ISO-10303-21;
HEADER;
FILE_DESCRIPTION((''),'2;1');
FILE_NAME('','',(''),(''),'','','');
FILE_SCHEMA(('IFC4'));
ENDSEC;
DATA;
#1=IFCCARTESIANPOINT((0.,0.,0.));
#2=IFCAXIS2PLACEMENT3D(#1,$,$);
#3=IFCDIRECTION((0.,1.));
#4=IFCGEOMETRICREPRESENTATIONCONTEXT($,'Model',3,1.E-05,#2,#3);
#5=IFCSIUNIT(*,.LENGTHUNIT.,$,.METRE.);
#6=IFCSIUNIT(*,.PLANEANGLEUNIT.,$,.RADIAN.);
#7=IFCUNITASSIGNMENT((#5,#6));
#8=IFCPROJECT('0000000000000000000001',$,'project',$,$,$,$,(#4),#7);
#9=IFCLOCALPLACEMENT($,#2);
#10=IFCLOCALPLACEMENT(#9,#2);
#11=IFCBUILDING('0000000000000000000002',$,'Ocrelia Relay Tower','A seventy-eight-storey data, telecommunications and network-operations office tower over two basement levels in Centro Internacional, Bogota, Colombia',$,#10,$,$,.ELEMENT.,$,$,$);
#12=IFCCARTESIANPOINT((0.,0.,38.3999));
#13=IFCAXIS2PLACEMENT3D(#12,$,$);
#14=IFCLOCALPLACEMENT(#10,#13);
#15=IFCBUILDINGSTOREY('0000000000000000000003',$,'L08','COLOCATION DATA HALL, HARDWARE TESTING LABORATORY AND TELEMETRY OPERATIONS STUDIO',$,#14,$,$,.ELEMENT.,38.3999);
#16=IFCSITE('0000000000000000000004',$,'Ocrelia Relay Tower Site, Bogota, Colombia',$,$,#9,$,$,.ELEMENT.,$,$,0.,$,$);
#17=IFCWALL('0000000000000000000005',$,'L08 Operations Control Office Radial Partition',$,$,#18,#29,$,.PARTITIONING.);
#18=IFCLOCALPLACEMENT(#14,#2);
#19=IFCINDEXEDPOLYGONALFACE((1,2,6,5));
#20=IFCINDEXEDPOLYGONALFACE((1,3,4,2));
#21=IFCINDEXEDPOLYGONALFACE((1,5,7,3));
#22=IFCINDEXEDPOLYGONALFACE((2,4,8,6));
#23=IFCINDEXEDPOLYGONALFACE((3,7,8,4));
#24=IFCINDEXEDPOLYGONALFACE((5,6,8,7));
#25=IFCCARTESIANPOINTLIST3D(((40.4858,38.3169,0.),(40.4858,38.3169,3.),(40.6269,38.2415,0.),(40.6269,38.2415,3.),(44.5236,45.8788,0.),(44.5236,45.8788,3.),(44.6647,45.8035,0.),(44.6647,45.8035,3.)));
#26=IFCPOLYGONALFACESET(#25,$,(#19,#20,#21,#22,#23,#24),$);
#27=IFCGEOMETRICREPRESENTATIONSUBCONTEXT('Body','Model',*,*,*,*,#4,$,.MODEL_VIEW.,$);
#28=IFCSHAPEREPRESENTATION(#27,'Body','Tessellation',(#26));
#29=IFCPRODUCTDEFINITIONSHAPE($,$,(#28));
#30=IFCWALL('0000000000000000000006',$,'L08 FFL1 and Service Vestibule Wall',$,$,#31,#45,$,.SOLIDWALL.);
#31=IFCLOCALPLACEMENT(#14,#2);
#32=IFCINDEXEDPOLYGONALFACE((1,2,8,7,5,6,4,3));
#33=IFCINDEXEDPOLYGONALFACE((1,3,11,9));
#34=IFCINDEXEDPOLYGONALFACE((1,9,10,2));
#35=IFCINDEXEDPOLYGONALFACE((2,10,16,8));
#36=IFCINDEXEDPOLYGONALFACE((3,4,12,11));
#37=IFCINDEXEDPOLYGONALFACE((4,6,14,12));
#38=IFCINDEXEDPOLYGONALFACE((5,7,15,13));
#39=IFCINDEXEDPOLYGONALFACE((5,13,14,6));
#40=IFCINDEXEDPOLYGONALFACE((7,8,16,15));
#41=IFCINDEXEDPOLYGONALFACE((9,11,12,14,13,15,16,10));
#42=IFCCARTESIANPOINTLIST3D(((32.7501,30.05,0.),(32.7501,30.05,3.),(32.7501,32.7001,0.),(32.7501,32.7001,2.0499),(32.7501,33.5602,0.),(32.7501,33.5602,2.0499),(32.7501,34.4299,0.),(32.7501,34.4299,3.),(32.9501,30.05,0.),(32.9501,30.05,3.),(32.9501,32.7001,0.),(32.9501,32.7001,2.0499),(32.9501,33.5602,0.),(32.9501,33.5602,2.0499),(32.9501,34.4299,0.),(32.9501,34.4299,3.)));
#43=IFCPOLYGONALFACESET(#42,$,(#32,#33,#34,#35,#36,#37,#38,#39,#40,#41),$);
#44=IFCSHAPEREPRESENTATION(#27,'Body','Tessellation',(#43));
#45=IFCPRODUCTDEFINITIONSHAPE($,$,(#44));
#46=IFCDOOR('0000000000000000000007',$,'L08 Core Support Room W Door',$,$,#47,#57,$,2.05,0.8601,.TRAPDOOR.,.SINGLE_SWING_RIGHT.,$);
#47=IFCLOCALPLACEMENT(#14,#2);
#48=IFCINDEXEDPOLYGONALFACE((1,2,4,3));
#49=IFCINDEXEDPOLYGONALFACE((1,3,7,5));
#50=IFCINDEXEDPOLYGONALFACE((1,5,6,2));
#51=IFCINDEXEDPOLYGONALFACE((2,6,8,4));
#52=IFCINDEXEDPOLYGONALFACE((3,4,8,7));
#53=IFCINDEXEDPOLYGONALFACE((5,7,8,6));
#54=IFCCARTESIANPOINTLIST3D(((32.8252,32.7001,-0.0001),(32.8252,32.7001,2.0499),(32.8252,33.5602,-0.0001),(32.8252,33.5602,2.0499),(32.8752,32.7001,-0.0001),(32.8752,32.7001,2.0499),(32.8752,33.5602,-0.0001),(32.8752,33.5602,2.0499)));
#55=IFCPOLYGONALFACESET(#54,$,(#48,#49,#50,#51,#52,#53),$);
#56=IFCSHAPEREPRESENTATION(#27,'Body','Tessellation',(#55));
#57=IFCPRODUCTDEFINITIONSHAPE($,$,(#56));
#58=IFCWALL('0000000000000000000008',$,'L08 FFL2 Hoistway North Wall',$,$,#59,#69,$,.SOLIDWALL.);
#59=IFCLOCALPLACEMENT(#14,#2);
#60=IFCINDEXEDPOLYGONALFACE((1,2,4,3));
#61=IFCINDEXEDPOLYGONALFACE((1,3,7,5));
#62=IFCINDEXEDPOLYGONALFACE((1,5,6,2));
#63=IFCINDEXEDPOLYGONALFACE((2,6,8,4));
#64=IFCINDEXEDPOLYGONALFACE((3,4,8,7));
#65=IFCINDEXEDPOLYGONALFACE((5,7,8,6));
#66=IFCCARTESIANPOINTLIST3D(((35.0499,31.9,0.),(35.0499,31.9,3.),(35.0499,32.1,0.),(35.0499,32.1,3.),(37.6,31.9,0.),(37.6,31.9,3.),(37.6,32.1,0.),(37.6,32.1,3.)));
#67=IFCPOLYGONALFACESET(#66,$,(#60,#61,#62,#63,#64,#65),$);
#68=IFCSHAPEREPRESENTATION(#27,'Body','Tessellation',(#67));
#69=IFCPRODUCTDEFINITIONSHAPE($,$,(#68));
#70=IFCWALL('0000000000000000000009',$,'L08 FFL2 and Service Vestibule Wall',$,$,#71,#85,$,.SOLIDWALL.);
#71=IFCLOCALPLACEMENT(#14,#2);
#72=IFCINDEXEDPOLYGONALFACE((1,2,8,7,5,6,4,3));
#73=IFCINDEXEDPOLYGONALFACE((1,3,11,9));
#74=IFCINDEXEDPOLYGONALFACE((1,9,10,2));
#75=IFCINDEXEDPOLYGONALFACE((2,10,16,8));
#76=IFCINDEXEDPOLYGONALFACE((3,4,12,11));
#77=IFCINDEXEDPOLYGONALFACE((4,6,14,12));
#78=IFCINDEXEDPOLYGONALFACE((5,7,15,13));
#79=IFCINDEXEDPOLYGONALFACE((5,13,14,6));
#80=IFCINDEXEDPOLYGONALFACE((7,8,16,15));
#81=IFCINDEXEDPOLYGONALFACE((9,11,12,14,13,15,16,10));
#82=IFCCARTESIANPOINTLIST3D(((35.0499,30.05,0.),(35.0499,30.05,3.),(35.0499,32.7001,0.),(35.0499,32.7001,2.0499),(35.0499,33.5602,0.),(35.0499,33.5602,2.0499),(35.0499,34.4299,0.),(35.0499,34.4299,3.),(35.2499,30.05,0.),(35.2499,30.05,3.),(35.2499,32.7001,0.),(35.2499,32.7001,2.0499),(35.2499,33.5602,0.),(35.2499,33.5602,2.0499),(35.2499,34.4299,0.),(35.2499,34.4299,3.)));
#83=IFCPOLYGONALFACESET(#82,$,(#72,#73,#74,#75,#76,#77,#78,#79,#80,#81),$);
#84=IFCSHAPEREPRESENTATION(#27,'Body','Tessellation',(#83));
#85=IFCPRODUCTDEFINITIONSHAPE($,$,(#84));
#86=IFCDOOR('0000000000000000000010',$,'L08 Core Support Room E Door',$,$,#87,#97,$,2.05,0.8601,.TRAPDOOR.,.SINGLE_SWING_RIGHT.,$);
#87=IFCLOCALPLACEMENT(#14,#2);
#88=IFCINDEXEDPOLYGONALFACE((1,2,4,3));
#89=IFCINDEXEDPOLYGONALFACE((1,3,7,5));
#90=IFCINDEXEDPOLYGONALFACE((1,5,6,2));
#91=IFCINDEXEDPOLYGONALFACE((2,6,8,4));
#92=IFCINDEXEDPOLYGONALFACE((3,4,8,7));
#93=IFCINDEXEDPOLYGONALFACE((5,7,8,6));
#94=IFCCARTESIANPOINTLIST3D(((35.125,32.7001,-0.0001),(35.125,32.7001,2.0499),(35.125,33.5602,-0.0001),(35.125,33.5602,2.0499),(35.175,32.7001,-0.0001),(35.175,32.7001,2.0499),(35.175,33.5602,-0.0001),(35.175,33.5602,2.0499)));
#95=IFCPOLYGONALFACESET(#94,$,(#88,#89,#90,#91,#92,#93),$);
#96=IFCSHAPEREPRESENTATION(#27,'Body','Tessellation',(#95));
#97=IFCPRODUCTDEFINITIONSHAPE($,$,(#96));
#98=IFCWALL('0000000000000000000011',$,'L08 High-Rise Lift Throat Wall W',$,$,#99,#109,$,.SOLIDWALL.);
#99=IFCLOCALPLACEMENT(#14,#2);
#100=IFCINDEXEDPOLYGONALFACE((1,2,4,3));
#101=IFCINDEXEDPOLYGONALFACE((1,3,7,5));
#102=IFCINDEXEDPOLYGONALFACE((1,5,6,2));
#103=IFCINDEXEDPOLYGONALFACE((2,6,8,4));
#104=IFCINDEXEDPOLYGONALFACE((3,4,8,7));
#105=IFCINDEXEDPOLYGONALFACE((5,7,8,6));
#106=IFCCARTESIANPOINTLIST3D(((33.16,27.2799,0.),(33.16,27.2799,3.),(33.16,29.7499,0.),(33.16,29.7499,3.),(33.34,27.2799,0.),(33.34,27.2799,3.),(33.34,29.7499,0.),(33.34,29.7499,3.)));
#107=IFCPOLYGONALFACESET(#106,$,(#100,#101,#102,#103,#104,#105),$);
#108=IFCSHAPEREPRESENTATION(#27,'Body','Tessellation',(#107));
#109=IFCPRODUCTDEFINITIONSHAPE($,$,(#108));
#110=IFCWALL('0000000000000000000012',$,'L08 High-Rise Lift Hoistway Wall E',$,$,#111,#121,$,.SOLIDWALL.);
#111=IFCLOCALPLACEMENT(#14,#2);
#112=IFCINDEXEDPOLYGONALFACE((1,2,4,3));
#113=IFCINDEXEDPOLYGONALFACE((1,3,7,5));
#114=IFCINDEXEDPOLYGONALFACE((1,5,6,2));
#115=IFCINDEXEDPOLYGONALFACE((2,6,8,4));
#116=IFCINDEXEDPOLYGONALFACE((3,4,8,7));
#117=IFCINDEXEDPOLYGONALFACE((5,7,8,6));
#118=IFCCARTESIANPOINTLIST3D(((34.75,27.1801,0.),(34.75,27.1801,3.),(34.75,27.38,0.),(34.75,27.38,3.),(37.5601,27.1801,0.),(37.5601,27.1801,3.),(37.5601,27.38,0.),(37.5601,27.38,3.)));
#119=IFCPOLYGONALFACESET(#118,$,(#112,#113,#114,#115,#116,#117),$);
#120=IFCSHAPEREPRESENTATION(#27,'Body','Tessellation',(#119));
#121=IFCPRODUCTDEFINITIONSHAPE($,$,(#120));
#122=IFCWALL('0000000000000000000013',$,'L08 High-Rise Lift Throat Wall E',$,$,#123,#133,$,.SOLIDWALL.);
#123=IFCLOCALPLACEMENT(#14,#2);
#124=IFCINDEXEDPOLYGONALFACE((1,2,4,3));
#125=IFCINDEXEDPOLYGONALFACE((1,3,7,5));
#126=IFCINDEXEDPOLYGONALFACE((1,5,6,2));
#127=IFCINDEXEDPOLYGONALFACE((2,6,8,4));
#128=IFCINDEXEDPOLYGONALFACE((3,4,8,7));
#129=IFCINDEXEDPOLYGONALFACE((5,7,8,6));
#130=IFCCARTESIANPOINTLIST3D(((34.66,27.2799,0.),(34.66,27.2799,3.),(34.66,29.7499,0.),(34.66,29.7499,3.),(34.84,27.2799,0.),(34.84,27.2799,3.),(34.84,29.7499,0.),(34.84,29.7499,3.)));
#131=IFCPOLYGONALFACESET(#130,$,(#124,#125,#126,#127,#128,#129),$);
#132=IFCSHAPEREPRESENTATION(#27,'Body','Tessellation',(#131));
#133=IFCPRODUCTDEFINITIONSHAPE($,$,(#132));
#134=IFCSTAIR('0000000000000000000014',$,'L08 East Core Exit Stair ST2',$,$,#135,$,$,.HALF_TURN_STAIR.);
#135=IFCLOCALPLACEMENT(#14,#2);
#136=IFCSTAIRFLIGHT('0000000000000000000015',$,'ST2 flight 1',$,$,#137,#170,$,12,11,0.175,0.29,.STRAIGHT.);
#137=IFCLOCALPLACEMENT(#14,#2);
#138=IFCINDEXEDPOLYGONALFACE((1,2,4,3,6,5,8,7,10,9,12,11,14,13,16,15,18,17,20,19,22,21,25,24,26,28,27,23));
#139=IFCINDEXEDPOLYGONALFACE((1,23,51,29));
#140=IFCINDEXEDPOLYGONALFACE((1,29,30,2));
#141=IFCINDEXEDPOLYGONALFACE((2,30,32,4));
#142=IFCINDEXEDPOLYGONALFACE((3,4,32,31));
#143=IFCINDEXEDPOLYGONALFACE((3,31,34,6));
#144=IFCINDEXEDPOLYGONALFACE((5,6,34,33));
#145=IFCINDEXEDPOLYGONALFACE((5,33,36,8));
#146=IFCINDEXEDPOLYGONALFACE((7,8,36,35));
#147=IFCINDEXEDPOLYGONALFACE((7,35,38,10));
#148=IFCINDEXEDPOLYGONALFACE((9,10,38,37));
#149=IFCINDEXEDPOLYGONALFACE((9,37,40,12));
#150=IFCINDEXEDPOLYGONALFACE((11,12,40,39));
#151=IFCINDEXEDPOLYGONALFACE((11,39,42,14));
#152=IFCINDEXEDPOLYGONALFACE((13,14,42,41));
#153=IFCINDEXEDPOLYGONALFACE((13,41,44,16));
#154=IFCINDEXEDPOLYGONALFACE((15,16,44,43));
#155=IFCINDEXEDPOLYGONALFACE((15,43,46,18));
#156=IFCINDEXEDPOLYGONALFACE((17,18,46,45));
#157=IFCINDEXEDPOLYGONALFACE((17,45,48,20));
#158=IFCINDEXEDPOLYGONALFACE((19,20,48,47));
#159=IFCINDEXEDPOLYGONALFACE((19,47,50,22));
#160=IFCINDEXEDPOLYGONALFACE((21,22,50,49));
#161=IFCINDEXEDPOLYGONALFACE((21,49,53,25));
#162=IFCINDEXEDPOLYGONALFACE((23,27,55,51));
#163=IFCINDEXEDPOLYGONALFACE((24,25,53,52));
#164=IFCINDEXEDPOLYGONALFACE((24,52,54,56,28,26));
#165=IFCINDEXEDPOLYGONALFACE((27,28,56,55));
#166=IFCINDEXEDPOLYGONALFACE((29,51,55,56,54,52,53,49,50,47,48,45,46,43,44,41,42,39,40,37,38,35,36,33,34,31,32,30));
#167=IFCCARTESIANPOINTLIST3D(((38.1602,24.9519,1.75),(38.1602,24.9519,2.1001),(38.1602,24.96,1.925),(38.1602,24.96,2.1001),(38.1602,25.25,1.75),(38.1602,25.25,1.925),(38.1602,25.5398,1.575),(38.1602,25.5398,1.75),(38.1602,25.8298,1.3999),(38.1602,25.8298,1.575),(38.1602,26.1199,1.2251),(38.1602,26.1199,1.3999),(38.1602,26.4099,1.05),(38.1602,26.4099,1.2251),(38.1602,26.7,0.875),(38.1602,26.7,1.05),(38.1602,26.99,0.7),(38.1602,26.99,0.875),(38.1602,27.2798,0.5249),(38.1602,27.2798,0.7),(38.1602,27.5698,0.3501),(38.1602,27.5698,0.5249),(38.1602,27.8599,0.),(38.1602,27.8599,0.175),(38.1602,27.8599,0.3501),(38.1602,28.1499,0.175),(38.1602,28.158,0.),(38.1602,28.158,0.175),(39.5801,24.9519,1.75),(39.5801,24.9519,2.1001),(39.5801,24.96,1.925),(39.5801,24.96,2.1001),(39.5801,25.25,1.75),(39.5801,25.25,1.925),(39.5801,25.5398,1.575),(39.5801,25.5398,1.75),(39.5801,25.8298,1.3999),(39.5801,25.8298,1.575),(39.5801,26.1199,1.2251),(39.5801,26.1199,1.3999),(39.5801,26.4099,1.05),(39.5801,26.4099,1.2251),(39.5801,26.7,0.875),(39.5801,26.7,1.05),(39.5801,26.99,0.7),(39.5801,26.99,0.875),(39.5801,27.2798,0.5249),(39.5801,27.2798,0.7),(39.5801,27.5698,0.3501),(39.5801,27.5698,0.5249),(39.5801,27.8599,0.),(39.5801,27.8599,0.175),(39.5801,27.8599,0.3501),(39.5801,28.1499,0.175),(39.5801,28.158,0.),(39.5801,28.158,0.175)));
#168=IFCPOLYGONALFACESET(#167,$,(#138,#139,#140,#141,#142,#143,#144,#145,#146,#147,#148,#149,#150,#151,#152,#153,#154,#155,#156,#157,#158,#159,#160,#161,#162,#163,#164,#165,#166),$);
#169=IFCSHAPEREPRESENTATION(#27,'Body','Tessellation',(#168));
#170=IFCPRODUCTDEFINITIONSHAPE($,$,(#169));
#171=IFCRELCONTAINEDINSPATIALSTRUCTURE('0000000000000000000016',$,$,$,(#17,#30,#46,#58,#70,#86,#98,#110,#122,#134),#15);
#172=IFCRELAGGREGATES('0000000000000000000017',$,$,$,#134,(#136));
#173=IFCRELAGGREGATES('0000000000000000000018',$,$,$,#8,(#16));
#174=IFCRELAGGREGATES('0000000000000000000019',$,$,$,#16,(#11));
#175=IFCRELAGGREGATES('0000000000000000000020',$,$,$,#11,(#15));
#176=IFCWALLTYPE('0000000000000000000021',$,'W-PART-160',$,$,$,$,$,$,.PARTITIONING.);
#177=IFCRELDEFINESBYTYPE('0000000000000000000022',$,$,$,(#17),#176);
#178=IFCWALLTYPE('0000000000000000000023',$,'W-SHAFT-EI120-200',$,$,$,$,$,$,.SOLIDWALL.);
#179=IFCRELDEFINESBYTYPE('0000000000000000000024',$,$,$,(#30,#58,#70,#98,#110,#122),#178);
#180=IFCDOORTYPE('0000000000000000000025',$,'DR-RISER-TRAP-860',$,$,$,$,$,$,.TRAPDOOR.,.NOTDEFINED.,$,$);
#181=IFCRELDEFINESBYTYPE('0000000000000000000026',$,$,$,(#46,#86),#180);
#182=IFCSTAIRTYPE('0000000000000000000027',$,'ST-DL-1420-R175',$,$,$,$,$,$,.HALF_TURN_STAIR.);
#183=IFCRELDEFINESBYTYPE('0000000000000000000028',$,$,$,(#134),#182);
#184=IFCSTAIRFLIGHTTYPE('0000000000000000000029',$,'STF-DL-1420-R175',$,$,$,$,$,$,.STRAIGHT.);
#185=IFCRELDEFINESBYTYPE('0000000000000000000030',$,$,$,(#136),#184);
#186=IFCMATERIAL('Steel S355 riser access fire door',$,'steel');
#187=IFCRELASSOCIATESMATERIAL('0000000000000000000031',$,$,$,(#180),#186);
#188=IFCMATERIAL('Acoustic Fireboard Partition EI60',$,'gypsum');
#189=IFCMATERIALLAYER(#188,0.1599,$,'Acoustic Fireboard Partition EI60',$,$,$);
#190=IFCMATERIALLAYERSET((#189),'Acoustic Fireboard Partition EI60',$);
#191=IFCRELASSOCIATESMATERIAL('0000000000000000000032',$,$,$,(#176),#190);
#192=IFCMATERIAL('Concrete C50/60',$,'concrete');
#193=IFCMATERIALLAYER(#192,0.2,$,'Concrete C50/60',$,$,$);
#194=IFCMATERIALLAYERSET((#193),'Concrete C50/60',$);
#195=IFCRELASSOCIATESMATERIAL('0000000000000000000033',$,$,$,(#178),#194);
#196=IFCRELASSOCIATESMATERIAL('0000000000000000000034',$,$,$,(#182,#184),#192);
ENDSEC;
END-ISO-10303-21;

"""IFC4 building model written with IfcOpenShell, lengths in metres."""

from ifc_helpers import new_model, si_unit, direction, frame, frame_2d, origin, place, context, subcontext, project, spatial, polyline, rectangle, outline, extrude, material, layer, layer_set, type_object, element, fill, aggregate, save


model = new_model("IFC4")

# Units and contexts
model_context = context("Model", 3, precision=1e-05, world=origin(), true_north=direction((0.0, 1.0)))
body_context = subcontext(model_context, "Body", "Model", "MODEL_VIEW")
ifc_project = project(units=[si_unit("LENGTHUNIT", "METRE"), si_unit("PLANEANGLEUNIT", "RADIAN")], contexts=[model_context])

# Site, building, storey
site_placement = place(None, origin())
site = spatial("IfcSite", under=ifc_project, at=site_placement, Name="Ocrelia Relay Tower Site, Bogota, Colombia", CompositionType="ELEMENT", RefElevation=0.0)
building_placement = place(site_placement, origin())
building = spatial("IfcBuilding", under=site, at=building_placement, Name="Ocrelia Relay Tower", Description="A seventy-eight-storey data, telecommunications and network-operations office tower over two basement levels in Centro Internacional, Bogota, Colombia", CompositionType="ELEMENT")
storey_placement = place(building_placement, frame((0.0, 0.0, 38.3999)))
storey = spatial("IfcBuildingStorey", under=building, at=storey_placement, Name="L08", Description="COLOCATION DATA HALL, HARDWARE TESTING LABORATORY AND TELEMETRY OPERATIONS STUDIO", CompositionType="ELEMENT", Elevation=38.3999)

# Shared definitions
ifc_material_1 = material(Name="Concrete C50/60", Category="concrete")

# Shared definitions
ifc_material_2 = material(Name="Acoustic Fireboard Partition EI60", Category="gypsum")
ifc_material_3 = material(Name="Steel S355 riser access fire door", Category="steel")
door_type_1 = type_object("IfcDoorType", Name="DR-RISER-TRAP-860", OperationType="NOTDEFINED", PredefinedType="TRAPDOOR", material=ifc_material_3)

# Wall
ifc_layer_1 = layer(ifc_material_2, 0.1599, Name="Acoustic Fireboard Partition EI60")
ifc_layer_set_1 = layer_set([ifc_layer_1], Name="Acoustic Fireboard Partition EI60")
wall_type_1 = type_object("IfcWallType", Name="W-PART-160", PredefinedType="PARTITIONING", material=ifc_layer_set_1)
wall_1_placement = place(storey_placement, frame((40.5564, 38.2793, 0.0), z_axis=(0.0, 0.0, 1.0), x_axis=(0.471021, 0.882122, 0.0)))
element("IfcWall", 1, at=wall_1_placement, inside=storey, type_object=wall_type_1, Name="L08 Operations Control Office Radial Partition", PredefinedType="PARTITIONING", context=body_context, shape_type="SweptSolid", body=[
    extrude(rectangle(XDim=8.5725, YDim=0.1599, at=frame_2d((4.2861, 0.0))), origin(), (0.0, 0.0, 1.0), 3.0),
])

# Wall, opening, door
ifc_layer_2 = layer(ifc_material_1, 0.2, Name="Concrete C50/60")
ifc_layer_set_2 = layer_set([ifc_layer_2], Name="Concrete C50/60")
wall_type_2 = type_object("IfcWallType", Name="W-SHAFT-EI120-200", PredefinedType="SOLIDWALL", material=ifc_layer_set_2)
wall_2_placement = place(storey_placement, frame((32.8501, 30.05, 0.0), z_axis=(0.0, 0.0, 1.0), x_axis=(0.0, 1.0, 0.0)))
wall_2 = element("IfcWall", 2, at=wall_2_placement, inside=storey, type_object=wall_type_2, Name="L08 FFL1 and Service Vestibule Wall", PredefinedType="SOLIDWALL", context=body_context, shape_type="SweptSolid", body=[
    extrude(rectangle(XDim=4.3799, YDim=0.2, at=frame_2d((2.1899, 0.0))), origin(), (0.0, 0.0, 1.0), 3.0),
])
opening_1_placement = place(wall_2_placement, frame((2.6499, 0.0, 0.0)))
opening_1 = element("IfcOpeningElement", 3, at=opening_1_placement, cuts=wall_2, PredefinedType="OPENING", context=body_context, shape_type="SweptSolid", body=[
    extrude(rectangle(XDim=0.8601, YDim=2.05, at=frame_2d((0.4302, 1.0249))), frame((0.0, 0.1099, 0.0), z_axis=(0.0, -1.0, 0.0), x_axis=(1.0, 0.0, 0.0)), (0.0, 0.0, 1.0), 0.22),
])
door_1_placement = place(opening_1_placement, origin())
door_1 = element("IfcDoor", 4, at=door_1_placement, inside=storey, type_object=door_type_1, Name="L08 Core Support Room W Door", OperationType="SINGLE_SWING_RIGHT", OverallHeight=2.05, OverallWidth=0.8601, PredefinedType="TRAPDOOR", context=body_context, shape_type="SweptSolid", body=[
    extrude(rectangle(XDim=0.8601, YDim=2.05, at=frame_2d((0.4302, 1.0249))), frame((0.0, 0.0249, 0.0), z_axis=(0.0, -1.0, 0.0), x_axis=(1.0, 0.0, 0.0)), (0.0, 0.0, 1.0), 0.05),
])
fill(opening_1, door_1)

# Wall
wall_3_placement = place(storey_placement, frame((35.05, 32.0, 0.0), z_axis=(0.0, 0.0, 1.0), x_axis=(1.0, 0.0, 0.0)))
element("IfcWall", 5, at=wall_3_placement, inside=storey, type_object=wall_type_2, Name="L08 FFL2 Hoistway North Wall", PredefinedType="SOLIDWALL", context=body_context, shape_type="SweptSolid", body=[
    extrude(rectangle(XDim=2.55, YDim=0.2, at=frame_2d((1.2749, 0.0))), origin(), (0.0, 0.0, 1.0), 3.0),
])

# Wall, opening, door
wall_4_placement = place(storey_placement, frame((35.1499, 30.05, 0.0), z_axis=(0.0, 0.0, 1.0), x_axis=(0.0, 1.0, 0.0)))
wall_4 = element("IfcWall", 6, at=wall_4_placement, inside=storey, type_object=wall_type_2, Name="L08 FFL2 and Service Vestibule Wall", PredefinedType="SOLIDWALL", context=body_context, shape_type="SweptSolid", body=[
    extrude(rectangle(XDim=4.3799, YDim=0.2, at=frame_2d((2.1899, 0.0))), origin(), (0.0, 0.0, 1.0), 3.0),
])
opening_2_placement = place(wall_4_placement, frame((2.6499, 0.0, 0.0)))
opening_2 = element("IfcOpeningElement", 7, at=opening_2_placement, cuts=wall_4, PredefinedType="OPENING", context=body_context, shape_type="SweptSolid", body=[
    extrude(rectangle(XDim=0.8601, YDim=2.05, at=frame_2d((0.4302, 1.0249))), frame((0.0, 0.1099, 0.0), z_axis=(0.0, -1.0, 0.0), x_axis=(1.0, 0.0, 0.0)), (0.0, 0.0, 1.0), 0.22),
])
door_2_placement = place(opening_2_placement, origin())
door_2 = element("IfcDoor", 8, at=door_2_placement, inside=storey, type_object=door_type_1, Name="L08 Core Support Room E Door", OperationType="SINGLE_SWING_RIGHT", OverallHeight=2.05, OverallWidth=0.8601, PredefinedType="TRAPDOOR", context=body_context, shape_type="SweptSolid", body=[
    extrude(rectangle(XDim=0.8601, YDim=2.05, at=frame_2d((0.4302, 1.0249))), frame((0.0, 0.0249, 0.0), z_axis=(0.0, -1.0, 0.0), x_axis=(1.0, 0.0, 0.0)), (0.0, 0.0, 1.0), 0.05),
])
fill(opening_2, door_2)

# Walls
wall_5_placement = place(storey_placement, frame((33.25, 27.28, 0.0), z_axis=(0.0, 0.0, 1.0), x_axis=(0.0, 1.0, 0.0)))
element("IfcWall", 9, at=wall_5_placement, inside=storey, type_object=wall_type_2, Name="L08 High-Rise Lift Throat Wall W", PredefinedType="SOLIDWALL", context=body_context, shape_type="SweptSolid", body=[
    extrude(rectangle(XDim=2.47, YDim=0.1799, at=frame_2d((1.2349, 0.0))), origin(), (0.0, 0.0, 1.0), 3.0),
])
wall_6_placement = place(storey_placement, frame((34.75, 27.28, 0.0), z_axis=(0.0, 0.0, 1.0), x_axis=(1.0, 0.0, 0.0)))
element("IfcWall", 10, at=wall_6_placement, inside=storey, type_object=wall_type_2, Name="L08 High-Rise Lift Hoistway Wall E", PredefinedType="SOLIDWALL", context=body_context, shape_type="SweptSolid", body=[
    extrude(rectangle(XDim=2.8101, YDim=0.2, at=frame_2d((1.405, 0.0))), origin(), (0.0, 0.0, 1.0), 3.0),
])
wall_7_placement = place(storey_placement, frame((34.75, 27.28, 0.0), z_axis=(0.0, 0.0, 1.0), x_axis=(0.0, 1.0, 0.0)))
element("IfcWall", 11, at=wall_7_placement, inside=storey, type_object=wall_type_2, Name="L08 High-Rise Lift Throat Wall E", PredefinedType="SOLIDWALL", context=body_context, shape_type="SweptSolid", body=[
    extrude(rectangle(XDim=2.47, YDim=0.1799, at=frame_2d((1.2349, 0.0))), origin(), (0.0, 0.0, 1.0), 3.0),
])

# Stair, stair flight
stair_type = type_object("IfcStairType", Name="ST-DL-1420-R175", PredefinedType="HALF_TURN_STAIR", material=ifc_material_1)
stair_placement = place(storey_placement, origin())
stair = element("IfcStair", 12, at=stair_placement, inside=storey, type_object=stair_type, Name="L08 East Core Exit Stair ST2", PredefinedType="HALF_TURN_STAIR")
stair_flight_type = type_object("IfcStairFlightType", Name="STF-DL-1420-R175", PredefinedType="STRAIGHT", material=ifc_material_1)
stair_flight_placement = place(storey_placement, frame((38.8701, 28.1499, 0.0), z_axis=(0.0, 0.0, 1.0), x_axis=(0.0, -1.0, 0.0)))
stair_flight = element("IfcStairFlight", 13, at=stair_flight_placement, type_object=stair_flight_type, Name="ST2 flight 1", NumberOfRisers=12, NumberOfTreads=11, PredefinedType="STRAIGHT", RiserHeight=0.175, TreadLength=0.29, context=body_context, shape_type="SweptSolid", body=[
    extrude(outline(polyline([(-0.0081, 0.0), (-0.0081, 0.175), (0.0, 0.175), (0.29, 0.175), (0.29, 0.3501), (0.5801, 0.3501), (0.5801, 0.5249), (0.8701, 0.5249), (0.8701, 0.7), (1.1599, 0.7), (1.1599, 0.875), (1.45, 0.875), (1.45, 1.05), (1.74, 1.05), (1.74, 1.2251), (2.03, 1.2251), (2.03, 1.3999), (2.3201, 1.3999), (2.3201, 1.575), (2.6101, 1.575), (2.6101, 1.75), (2.8999, 1.75), (2.8999, 1.925), (3.1899, 1.925), (3.1899, 2.1001), (3.198, 2.1001), (3.198, 1.75), (0.29, 0.0), (-0.0081, 0.0)])), frame((0.0, 0.71, 0.0), z_axis=(0.0, -1.0, 0.0), x_axis=(1.0, 0.0, 0.0)), (0.0, 0.0, 1.0), 1.4199),
])
aggregate(stair, [stair_flight])

save(model, "model.ifc")
